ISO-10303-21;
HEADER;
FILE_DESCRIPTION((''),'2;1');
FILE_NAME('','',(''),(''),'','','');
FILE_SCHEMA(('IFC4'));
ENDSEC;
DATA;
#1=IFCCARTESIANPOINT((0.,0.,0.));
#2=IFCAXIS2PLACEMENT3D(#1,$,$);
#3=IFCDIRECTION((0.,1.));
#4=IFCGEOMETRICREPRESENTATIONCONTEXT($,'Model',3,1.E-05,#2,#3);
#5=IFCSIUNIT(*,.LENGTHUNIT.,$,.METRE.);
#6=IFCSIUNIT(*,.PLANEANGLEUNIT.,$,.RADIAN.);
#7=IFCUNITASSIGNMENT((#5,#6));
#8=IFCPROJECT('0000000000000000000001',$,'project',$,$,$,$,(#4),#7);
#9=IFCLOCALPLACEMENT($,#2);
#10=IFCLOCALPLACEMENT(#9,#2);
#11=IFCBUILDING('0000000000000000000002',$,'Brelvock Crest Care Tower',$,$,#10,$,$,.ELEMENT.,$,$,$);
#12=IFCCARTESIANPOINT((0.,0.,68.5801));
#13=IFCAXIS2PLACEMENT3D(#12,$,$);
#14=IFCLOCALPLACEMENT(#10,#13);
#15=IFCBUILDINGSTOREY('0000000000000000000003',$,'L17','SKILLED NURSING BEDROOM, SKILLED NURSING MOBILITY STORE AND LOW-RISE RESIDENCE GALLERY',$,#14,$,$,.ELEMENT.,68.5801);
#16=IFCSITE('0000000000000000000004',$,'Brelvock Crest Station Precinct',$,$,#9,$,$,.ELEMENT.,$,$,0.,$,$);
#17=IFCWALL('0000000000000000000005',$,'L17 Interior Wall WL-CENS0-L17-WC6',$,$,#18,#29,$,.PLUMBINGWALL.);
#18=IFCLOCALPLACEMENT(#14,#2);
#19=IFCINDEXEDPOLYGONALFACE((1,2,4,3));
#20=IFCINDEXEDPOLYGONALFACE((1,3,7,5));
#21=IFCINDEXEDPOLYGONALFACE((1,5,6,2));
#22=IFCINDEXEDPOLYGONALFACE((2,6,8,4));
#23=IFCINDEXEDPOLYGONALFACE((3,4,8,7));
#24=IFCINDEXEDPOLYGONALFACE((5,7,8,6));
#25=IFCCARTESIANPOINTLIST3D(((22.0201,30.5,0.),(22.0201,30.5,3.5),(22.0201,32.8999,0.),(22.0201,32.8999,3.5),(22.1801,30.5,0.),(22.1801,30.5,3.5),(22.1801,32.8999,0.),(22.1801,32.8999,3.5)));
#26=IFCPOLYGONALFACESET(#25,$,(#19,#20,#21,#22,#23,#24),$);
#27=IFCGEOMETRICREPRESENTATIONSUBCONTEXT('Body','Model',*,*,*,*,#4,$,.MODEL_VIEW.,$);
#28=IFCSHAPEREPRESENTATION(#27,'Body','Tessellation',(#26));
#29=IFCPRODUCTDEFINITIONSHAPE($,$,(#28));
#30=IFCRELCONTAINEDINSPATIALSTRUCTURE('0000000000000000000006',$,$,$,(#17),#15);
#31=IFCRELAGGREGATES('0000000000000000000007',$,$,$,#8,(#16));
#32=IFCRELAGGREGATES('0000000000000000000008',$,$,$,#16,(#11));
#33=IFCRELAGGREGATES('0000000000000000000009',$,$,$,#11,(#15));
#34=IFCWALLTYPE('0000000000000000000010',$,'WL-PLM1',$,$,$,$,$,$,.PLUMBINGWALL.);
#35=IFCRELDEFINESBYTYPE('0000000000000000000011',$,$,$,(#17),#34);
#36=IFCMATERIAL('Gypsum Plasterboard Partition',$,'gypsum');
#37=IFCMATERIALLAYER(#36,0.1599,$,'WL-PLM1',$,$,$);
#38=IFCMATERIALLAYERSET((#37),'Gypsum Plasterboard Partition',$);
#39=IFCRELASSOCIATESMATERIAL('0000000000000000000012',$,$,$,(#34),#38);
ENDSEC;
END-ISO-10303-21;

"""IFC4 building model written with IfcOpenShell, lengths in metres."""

from ifc_helpers import new_model, si_unit, direction, frame, frame_2d, origin, place, context, subcontext, project, spatial, rectangle, extrude, material, layer, layer_set, type_object, element, save


model = new_model("IFC4")

# Units and contexts
model_context = context("Model", 3, precision=1e-05, world=origin(), true_north=direction((0.0, 1.0)))
body_context = subcontext(model_context, "Body", "Model", "MODEL_VIEW")
ifc_project = project(units=[si_unit("LENGTHUNIT", "METRE"), si_unit("PLANEANGLEUNIT", "RADIAN")], contexts=[model_context])

# Site, building, storey
site_placement = place(None, origin())
site = spatial("IfcSite", under=ifc_project, at=site_placement, Name="Brelvock Crest Station Precinct", CompositionType="ELEMENT", RefElevation=0.0)
building_placement = place(site_placement, origin())
building = spatial("IfcBuilding", under=site, at=building_placement, Name="Brelvock Crest Care Tower", CompositionType="ELEMENT")
storey_placement = place(building_placement, frame((0.0, 0.0, 68.5801)))
storey = spatial("IfcBuildingStorey", under=building, at=storey_placement, Name="L17", Description="SKILLED NURSING BEDROOM, SKILLED NURSING MOBILITY STORE AND LOW-RISE RESIDENCE GALLERY", CompositionType="ELEMENT", Elevation=68.5801)

# Wall
ifc_material_1 = material(Name="Gypsum Plasterboard Partition", Category="gypsum")
ifc_layer_1 = layer(ifc_material_1, 0.1599, Name="WL-PLM1")
ifc_layer_set_1 = layer_set([ifc_layer_1], Name="Gypsum Plasterboard Partition")
wall_type_1 = type_object("IfcWallType", Name="WL-PLM1", PredefinedType="PLUMBINGWALL", material=ifc_layer_set_1)
wall_1_placement = place(storey_placement, frame((22.1001, 30.5, 0.0), z_axis=(0.0, 0.0, 1.0), x_axis=(0.0, 1.0, 0.0)))
element("IfcWall", 1, at=wall_1_placement, inside=storey, type_object=wall_type_1, Name="L17 Interior Wall WL-CENS0-L17-WC6", PredefinedType="PLUMBINGWALL", context=body_context, shape_type="SweptSolid", body=[
    extrude(rectangle(XDim=2.3999, YDim=0.1599, at=frame_2d((1.2, 0.0))), origin(), (0.0, 0.0, 1.0), 3.5),
])

save(model, "model.ifc")
